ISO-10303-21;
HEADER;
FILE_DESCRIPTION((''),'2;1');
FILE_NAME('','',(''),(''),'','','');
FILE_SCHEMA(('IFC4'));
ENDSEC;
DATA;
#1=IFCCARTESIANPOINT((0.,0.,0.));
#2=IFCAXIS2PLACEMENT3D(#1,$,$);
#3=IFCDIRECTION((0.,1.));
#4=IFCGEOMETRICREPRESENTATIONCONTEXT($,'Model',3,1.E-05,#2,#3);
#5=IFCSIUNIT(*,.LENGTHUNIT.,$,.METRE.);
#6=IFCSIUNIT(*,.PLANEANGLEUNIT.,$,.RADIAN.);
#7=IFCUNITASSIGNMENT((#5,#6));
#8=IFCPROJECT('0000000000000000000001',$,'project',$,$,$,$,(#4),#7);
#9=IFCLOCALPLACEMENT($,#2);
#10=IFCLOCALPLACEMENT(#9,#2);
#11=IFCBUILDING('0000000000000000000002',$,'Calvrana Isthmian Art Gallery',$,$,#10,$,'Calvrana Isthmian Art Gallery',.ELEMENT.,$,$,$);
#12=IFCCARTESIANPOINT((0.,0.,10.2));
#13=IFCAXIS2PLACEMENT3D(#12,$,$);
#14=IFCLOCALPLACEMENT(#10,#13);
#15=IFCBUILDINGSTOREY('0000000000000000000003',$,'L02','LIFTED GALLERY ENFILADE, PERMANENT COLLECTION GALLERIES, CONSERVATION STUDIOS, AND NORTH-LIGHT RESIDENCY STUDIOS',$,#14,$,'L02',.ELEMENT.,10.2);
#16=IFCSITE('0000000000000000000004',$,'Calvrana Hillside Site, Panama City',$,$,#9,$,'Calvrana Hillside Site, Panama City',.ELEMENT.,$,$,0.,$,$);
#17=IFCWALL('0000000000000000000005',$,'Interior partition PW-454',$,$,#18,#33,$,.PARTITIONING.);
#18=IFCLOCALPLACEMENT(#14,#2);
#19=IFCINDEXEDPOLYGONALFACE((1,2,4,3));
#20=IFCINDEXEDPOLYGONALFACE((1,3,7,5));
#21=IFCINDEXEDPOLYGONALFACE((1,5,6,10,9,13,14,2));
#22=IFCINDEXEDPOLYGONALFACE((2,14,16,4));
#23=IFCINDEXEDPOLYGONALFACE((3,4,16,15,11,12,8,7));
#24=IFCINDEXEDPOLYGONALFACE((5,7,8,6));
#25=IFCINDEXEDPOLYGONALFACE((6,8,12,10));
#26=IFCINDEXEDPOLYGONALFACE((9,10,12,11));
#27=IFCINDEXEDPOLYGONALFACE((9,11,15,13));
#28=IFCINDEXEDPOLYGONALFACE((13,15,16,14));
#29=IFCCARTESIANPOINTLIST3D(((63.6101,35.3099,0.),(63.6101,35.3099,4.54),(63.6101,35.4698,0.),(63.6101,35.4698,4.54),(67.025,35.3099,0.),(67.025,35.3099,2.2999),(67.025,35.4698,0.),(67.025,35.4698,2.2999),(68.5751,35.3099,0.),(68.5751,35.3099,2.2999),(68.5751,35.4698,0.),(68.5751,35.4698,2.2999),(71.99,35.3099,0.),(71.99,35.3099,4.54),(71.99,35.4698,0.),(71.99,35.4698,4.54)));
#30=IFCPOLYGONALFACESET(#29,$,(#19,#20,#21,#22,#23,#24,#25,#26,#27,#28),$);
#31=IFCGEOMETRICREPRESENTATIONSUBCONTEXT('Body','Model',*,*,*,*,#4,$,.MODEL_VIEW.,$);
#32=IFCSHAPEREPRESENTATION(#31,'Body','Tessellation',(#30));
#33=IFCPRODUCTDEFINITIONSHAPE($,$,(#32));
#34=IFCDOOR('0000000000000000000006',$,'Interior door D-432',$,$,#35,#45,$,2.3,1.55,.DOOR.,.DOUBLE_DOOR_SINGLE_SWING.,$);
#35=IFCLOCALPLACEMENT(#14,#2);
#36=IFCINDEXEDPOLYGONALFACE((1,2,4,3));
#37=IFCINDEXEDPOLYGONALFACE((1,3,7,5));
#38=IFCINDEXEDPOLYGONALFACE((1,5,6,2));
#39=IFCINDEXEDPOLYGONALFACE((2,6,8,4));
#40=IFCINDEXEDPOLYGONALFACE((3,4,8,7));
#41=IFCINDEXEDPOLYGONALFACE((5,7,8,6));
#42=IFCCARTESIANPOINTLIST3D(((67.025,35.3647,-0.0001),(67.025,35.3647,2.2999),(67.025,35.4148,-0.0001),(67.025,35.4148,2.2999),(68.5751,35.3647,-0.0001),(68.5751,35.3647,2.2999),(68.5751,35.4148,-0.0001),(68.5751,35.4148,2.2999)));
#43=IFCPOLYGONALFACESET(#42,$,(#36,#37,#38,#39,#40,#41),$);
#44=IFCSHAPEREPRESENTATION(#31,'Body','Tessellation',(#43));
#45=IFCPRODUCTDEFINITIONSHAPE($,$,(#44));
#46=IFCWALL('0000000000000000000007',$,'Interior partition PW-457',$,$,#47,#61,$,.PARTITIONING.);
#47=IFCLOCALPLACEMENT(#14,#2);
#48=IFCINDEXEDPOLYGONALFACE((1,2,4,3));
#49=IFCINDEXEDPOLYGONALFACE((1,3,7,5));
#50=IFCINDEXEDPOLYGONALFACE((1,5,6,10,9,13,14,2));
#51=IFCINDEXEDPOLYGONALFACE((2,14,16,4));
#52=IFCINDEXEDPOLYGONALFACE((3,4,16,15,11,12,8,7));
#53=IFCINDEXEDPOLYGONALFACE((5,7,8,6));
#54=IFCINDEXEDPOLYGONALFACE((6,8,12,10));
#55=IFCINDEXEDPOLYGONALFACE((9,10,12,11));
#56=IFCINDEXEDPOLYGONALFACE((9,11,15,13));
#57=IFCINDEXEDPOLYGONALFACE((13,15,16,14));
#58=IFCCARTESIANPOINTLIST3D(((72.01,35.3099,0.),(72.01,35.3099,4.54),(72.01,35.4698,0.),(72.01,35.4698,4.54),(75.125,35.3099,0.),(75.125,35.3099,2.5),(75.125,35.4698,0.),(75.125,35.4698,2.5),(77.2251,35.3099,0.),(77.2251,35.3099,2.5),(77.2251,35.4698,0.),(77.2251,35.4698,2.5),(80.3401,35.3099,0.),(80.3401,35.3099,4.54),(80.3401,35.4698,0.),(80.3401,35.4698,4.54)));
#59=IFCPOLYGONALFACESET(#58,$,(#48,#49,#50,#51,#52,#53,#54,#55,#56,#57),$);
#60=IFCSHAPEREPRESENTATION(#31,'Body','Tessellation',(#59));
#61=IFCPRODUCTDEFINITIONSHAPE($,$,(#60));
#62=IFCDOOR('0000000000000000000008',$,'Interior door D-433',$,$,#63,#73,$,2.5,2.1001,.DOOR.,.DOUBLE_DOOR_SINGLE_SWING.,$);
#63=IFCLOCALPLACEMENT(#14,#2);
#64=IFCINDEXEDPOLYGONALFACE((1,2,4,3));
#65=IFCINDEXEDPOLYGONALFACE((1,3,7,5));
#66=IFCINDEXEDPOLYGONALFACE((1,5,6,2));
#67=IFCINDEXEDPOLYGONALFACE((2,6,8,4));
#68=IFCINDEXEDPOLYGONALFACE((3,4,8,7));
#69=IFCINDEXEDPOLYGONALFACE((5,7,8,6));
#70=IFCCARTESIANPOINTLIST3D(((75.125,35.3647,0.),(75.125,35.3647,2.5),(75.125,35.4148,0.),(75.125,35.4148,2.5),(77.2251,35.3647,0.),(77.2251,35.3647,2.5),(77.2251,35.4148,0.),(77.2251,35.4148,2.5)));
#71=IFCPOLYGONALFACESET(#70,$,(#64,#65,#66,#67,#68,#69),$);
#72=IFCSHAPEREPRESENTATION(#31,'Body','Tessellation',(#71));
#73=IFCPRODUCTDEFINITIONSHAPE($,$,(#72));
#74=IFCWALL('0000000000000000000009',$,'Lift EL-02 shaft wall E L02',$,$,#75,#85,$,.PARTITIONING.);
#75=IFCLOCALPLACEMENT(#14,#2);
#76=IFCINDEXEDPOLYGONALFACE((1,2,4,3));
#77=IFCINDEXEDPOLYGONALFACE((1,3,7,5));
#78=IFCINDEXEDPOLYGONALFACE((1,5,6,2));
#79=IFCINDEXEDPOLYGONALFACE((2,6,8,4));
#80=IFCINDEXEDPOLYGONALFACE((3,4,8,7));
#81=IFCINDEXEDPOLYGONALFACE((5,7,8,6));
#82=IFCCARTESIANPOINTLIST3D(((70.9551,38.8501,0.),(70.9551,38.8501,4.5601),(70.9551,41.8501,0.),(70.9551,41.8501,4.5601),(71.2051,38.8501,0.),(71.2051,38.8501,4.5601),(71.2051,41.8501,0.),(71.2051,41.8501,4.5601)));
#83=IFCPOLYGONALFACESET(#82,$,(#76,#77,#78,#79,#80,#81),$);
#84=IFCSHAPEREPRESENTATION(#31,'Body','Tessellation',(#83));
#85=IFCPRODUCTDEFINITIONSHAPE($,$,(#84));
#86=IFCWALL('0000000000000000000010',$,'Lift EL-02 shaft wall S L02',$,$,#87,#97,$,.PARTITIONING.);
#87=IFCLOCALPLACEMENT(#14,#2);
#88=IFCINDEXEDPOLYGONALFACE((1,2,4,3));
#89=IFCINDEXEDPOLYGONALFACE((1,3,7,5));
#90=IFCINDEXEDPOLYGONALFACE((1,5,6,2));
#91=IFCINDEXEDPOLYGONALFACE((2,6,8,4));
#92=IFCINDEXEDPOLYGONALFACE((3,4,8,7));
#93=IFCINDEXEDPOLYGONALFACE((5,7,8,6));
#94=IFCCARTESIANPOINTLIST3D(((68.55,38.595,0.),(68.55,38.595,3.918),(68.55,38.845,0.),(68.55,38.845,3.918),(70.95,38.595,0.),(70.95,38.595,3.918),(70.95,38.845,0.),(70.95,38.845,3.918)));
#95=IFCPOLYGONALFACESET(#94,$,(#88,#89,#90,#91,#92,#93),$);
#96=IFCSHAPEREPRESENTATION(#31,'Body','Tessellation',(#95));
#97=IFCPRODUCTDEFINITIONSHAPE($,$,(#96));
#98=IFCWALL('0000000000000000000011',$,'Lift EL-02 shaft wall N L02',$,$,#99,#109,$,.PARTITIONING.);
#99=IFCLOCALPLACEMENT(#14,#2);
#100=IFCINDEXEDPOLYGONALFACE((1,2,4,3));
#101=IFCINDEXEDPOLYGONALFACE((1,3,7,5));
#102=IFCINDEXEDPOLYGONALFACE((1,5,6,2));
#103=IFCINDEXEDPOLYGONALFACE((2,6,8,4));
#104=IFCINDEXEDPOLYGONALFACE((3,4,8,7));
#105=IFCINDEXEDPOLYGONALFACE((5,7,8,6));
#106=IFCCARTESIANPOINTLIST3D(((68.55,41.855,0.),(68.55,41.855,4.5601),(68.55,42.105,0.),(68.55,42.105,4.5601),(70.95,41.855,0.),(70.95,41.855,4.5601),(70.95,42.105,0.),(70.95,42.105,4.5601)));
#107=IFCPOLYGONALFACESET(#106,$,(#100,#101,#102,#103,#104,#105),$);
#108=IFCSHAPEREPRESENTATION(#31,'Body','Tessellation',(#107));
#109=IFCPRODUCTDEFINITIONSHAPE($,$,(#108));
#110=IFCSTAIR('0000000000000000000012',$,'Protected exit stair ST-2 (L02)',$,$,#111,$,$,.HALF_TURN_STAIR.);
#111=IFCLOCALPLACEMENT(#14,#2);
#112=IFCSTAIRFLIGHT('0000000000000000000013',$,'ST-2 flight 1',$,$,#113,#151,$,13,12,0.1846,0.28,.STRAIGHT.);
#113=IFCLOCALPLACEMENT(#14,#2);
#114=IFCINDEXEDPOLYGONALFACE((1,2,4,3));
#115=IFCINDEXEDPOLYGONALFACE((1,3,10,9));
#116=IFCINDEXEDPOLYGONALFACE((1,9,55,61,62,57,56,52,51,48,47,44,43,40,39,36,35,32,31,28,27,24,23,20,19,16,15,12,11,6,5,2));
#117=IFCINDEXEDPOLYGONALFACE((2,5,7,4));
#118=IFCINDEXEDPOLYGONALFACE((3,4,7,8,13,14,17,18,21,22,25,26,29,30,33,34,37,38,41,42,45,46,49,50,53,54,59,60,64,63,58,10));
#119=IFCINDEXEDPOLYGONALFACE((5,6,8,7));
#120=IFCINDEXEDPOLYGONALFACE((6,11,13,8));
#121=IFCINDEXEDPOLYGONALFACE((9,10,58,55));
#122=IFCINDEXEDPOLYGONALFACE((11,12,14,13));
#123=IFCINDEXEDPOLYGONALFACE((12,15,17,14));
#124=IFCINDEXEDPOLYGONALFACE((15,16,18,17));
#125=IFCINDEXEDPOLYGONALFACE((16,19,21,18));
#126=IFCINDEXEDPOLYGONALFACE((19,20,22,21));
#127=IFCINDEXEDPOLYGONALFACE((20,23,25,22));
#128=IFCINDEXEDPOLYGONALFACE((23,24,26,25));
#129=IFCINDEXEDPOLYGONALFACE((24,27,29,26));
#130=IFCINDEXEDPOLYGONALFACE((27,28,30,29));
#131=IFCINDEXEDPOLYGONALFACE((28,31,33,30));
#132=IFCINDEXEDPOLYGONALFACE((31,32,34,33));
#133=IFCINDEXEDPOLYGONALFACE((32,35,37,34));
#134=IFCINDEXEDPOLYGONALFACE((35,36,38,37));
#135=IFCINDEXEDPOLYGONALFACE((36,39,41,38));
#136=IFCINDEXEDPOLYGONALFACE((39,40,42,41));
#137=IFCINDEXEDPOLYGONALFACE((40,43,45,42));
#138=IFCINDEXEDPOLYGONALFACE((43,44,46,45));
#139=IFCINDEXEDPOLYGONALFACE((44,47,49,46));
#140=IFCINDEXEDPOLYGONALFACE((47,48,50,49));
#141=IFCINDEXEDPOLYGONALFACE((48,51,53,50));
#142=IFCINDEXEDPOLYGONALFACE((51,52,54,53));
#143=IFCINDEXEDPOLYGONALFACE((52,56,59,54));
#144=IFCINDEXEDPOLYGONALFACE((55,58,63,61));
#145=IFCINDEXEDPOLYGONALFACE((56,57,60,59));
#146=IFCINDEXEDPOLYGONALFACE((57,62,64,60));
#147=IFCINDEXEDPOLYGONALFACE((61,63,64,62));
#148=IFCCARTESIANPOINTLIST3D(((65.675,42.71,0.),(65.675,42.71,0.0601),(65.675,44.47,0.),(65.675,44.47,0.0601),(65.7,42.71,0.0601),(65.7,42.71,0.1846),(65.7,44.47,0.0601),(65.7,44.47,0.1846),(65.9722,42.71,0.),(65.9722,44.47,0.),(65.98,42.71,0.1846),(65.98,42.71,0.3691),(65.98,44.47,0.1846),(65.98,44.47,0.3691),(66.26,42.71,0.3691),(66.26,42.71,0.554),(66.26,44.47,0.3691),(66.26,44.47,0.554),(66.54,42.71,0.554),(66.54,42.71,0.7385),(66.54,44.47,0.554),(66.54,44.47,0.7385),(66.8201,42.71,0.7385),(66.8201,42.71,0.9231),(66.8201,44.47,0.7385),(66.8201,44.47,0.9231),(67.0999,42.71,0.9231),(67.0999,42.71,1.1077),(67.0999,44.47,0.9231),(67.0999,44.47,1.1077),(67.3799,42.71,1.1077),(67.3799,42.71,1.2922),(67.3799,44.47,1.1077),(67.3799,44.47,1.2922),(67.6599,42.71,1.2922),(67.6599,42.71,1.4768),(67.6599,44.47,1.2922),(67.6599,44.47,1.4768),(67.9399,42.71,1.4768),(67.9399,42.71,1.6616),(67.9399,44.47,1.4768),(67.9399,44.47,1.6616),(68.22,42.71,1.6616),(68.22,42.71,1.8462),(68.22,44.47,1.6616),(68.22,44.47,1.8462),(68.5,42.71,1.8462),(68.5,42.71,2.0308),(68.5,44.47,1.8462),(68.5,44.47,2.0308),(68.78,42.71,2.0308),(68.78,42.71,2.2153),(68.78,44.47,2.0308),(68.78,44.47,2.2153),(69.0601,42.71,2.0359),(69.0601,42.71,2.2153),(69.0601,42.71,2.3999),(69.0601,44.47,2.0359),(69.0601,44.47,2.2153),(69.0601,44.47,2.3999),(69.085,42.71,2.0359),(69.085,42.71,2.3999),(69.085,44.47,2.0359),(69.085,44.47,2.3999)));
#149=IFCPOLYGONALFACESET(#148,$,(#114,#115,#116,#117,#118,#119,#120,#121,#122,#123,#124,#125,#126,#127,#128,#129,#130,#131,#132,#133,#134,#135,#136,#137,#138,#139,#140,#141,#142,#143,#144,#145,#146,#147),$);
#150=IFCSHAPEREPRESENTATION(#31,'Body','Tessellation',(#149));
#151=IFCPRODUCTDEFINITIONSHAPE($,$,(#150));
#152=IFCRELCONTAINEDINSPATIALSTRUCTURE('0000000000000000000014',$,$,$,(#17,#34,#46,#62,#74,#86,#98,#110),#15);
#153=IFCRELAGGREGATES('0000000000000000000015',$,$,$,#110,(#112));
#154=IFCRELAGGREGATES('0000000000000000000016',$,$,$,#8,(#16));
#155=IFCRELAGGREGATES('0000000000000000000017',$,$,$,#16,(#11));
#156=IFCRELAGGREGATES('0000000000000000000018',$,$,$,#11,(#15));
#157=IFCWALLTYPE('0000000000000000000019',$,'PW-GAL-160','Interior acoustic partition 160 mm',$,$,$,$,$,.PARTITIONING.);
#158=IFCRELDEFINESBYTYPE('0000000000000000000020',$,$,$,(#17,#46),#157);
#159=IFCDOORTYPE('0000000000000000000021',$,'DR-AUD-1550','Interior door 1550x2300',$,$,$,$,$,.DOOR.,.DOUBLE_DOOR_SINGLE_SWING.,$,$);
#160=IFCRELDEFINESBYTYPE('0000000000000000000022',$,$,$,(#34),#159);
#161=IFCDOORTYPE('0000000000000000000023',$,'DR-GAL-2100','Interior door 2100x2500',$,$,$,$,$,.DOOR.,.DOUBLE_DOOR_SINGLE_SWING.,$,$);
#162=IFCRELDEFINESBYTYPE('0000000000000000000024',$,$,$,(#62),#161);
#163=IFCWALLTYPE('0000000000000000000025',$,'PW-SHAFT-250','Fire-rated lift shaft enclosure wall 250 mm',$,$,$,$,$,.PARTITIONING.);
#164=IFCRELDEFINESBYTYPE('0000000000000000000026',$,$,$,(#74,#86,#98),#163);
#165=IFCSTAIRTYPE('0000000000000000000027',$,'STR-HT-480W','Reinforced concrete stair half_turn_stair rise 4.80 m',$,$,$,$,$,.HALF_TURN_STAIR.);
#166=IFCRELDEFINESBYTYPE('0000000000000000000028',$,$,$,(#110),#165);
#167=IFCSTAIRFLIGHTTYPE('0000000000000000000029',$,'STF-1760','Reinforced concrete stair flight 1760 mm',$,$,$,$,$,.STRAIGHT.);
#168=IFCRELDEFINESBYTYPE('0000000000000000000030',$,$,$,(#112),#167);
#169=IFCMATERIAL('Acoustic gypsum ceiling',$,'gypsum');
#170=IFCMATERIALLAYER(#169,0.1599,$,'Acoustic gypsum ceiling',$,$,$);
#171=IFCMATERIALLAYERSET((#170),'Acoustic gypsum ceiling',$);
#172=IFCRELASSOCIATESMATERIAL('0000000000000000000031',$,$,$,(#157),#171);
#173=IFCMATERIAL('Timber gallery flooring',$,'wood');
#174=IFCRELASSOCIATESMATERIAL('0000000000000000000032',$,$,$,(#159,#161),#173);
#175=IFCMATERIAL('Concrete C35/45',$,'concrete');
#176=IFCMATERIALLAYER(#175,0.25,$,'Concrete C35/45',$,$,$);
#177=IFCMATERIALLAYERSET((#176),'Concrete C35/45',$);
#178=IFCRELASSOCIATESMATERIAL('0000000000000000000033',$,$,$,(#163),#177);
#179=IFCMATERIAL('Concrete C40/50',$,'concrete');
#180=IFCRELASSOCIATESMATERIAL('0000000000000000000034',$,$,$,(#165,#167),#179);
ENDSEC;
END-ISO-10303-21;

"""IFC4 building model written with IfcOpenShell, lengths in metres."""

from ifc_helpers import new_model, si_unit, direction, frame, frame_2d, origin, place, context, subcontext, project, spatial, polyline, rectangle, outline, extrude, material, layer, layer_set, type_object, element, fill, aggregate, save


model = new_model("IFC4")

# Units and contexts
model_context = context("Model", 3, precision=1e-05, world=origin(), true_north=direction((0.0, 1.0)))
body_context = subcontext(model_context, "Body", "Model", "MODEL_VIEW")
ifc_project = project(units=[si_unit("LENGTHUNIT", "METRE"), si_unit("PLANEANGLEUNIT", "RADIAN")], contexts=[model_context])

# Site, building, storey
site_placement = place(None, origin())
site = spatial("IfcSite", under=ifc_project, at=site_placement, Name="Calvrana Hillside Site, Panama City", LongName="Calvrana Hillside Site, Panama City", CompositionType="ELEMENT", RefElevation=0.0)
building_placement = place(site_placement, origin())
building = spatial("IfcBuilding", under=site, at=building_placement, Name="Calvrana Isthmian Art Gallery", LongName="Calvrana Isthmian Art Gallery", CompositionType="ELEMENT")
storey_placement = place(building_placement, frame((0.0, 0.0, 10.2)))
storey = spatial("IfcBuildingStorey", under=building, at=storey_placement, Name="L02", Description="LIFTED GALLERY ENFILADE, PERMANENT COLLECTION GALLERIES, CONSERVATION STUDIOS, AND NORTH-LIGHT RESIDENCY STUDIOS", LongName="L02", CompositionType="ELEMENT", Elevation=10.2)

# Shared definitions
ifc_material_1 = material(Name="Concrete C40/50", Category="concrete")

# Shared definitions
ifc_material_2 = material(Name="Acoustic gypsum ceiling", Category="gypsum")

# Walls, openings, doors
ifc_layer_1 = layer(ifc_material_2, 0.1599, Name="Acoustic gypsum ceiling")
ifc_layer_set_1 = layer_set([ifc_layer_1], Name="Acoustic gypsum ceiling")
wall_type_1 = type_object("IfcWallType", Name="PW-GAL-160", Description="Interior acoustic partition 160 mm", PredefinedType="PARTITIONING", material=ifc_layer_set_1)
wall_1_placement = place(storey_placement, frame((63.6101, 35.3899, 0.0), z_axis=(0.0, 0.0, 1.0), x_axis=(1.0, 0.0, 0.0)))
wall_1 = element("IfcWall", 1, at=wall_1_placement, inside=storey, type_object=wall_type_1, Name="Interior partition PW-454", PredefinedType="PARTITIONING", context=body_context, shape_type="SweptSolid", body=[
    extrude(rectangle(XDim=8.3799, YDim=0.1599, at=frame_2d((4.1899, 0.0))), origin(), (0.0, 0.0, 1.0), 4.54),
])
opening_1_placement = place(wall_1_placement, frame((3.415, 0.0, 0.0)))
opening_1 = element("IfcOpeningElement", 2, at=opening_1_placement, cuts=wall_1, PredefinedType="OPENING", context=body_context, shape_type="SweptSolid", body=[
    extrude(rectangle(XDim=1.55, YDim=2.3, at=frame_2d((0.7749, 1.1499))), frame((0.0, 0.0903, 0.0), z_axis=(0.0, -1.0, 0.0), x_axis=(1.0, 0.0, 0.0)), (0.0, 0.0, 1.0), 0.1804),
])
ifc_material_3 = material(Name="Timber gallery flooring", Category="wood")
door_type_1 = type_object("IfcDoorType", Name="DR-AUD-1550", Description="Interior door 1550x2300", OperationType="DOUBLE_DOOR_SINGLE_SWING", PredefinedType="DOOR", material=ifc_material_3)
door_1_placement = place(opening_1_placement, origin())
door_1 = element("IfcDoor", 3, at=door_1_placement, inside=storey, type_object=door_type_1, Name="Interior door D-432", OperationType="DOUBLE_DOOR_SINGLE_SWING", OverallHeight=2.3, OverallWidth=1.55, PredefinedType="DOOR", context=body_context, shape_type="SweptSolid", body=[
    extrude(rectangle(XDim=1.55, YDim=2.3, at=frame_2d((0.7749, 1.1499))), frame((0.0, 0.0249, 0.0), z_axis=(0.0, -1.0, 0.0), x_axis=(1.0, 0.0, 0.0)), (0.0, 0.0, 1.0), 0.05),
])
fill(opening_1, door_1)
wall_2_placement = place(storey_placement, frame((72.01, 35.3899, 0.0), z_axis=(0.0, 0.0, 1.0), x_axis=(1.0, 0.0, 0.0)))
wall_2 = element("IfcWall", 4, at=wall_2_placement, inside=storey, type_object=wall_type_1, Name="Interior partition PW-457", PredefinedType="PARTITIONING", context=body_context, shape_type="SweptSolid", body=[
    extrude(rectangle(XDim=8.3301, YDim=0.1599, at=frame_2d((4.165, 0.0))), origin(), (0.0, 0.0, 1.0), 4.54),
])
opening_2_placement = place(wall_2_placement, frame((3.115, 0.0, 0.0)))
opening_2 = element("IfcOpeningElement", 5, at=opening_2_placement, cuts=wall_2, PredefinedType="OPENING", context=body_context, shape_type="SweptSolid", body=[
    extrude(rectangle(XDim=2.1001, YDim=2.5, at=frame_2d((1.05, 1.25))), frame((0.0, 0.0903, 0.0), z_axis=(0.0, -1.0, 0.0), x_axis=(1.0, 0.0, 0.0)), (0.0, 0.0, 1.0), 0.1804),
])
door_type_2 = type_object("IfcDoorType", Name="DR-GAL-2100", Description="Interior door 2100x2500", OperationType="DOUBLE_DOOR_SINGLE_SWING", PredefinedType="DOOR", material=ifc_material_3)
door_2_placement = place(opening_2_placement, origin())
door_2 = element("IfcDoor", 6, at=door_2_placement, inside=storey, type_object=door_type_2, Name="Interior door D-433", OperationType="DOUBLE_DOOR_SINGLE_SWING", OverallHeight=2.5, OverallWidth=2.1001, PredefinedType="DOOR", context=body_context, shape_type="SweptSolid", body=[
    extrude(rectangle(XDim=2.1001, YDim=2.5, at=frame_2d((1.05, 1.25))), frame((0.0, 0.0249, 0.0), z_axis=(0.0, -1.0, 0.0), x_axis=(1.0, 0.0, 0.0)), (0.0, 0.0, 1.0), 0.05),
])
fill(opening_2, door_2)

# Walls
ifc_material_4 = material(Name="Concrete C35/45", Category="concrete")
ifc_layer_2 = layer(ifc_material_4, 0.25, Name="Concrete C35/45")
ifc_layer_set_2 = layer_set([ifc_layer_2], Name="Concrete C35/45")
wall_type_2 = type_object("IfcWallType", Name="PW-SHAFT-250", Description="Fire-rated lift shaft enclosure wall 250 mm", PredefinedType="PARTITIONING", material=ifc_layer_set_2)
wall_3_placement = place(storey_placement, frame((71.0801, 38.8501, 0.0), z_axis=(0.0, 0.0, 1.0), x_axis=(0.0, 1.0, 0.0)))
element("IfcWall", 7, at=wall_3_placement, inside=storey, type_object=wall_type_2, Name="Lift EL-02 shaft wall E L02", PredefinedType="PARTITIONING", context=body_context, shape_type="SweptSolid", body=[
    extrude(rectangle(XDim=3.0, YDim=0.25, at=frame_2d((1.5, 0.0))), origin(), (0.0, 0.0, 1.0), 4.5601),
])
wall_4_placement = place(storey_placement, frame((68.55, 38.72, 0.0), z_axis=(0.0, 0.0, 1.0), x_axis=(1.0, 0.0, 0.0)))
element("IfcWall", 8, at=wall_4_placement, inside=storey, type_object=wall_type_2, Name="Lift EL-02 shaft wall S L02", PredefinedType="PARTITIONING", context=body_context, shape_type="SweptSolid", body=[
    extrude(rectangle(XDim=2.3999, YDim=0.25, at=frame_2d((1.2, 0.0))), origin(), (0.0, 0.0, 1.0), 3.918),
])
wall_5_placement = place(storey_placement, frame((68.55, 41.98, 0.0), z_axis=(0.0, 0.0, 1.0), x_axis=(1.0, 0.0, 0.0)))
element("IfcWall", 9, at=wall_5_placement, inside=storey, type_object=wall_type_2, Name="Lift EL-02 shaft wall N L02", PredefinedType="PARTITIONING", context=body_context, shape_type="SweptSolid", body=[
    extrude(rectangle(XDim=2.3999, YDim=0.25, at=frame_2d((1.2, 0.0))), origin(), (0.0, 0.0, 1.0), 4.5601),
])

# Stair, stair flight
stair_type = type_object("IfcStairType", Name="STR-HT-480W", Description="Reinforced concrete stair half_turn_stair rise 4.80 m", PredefinedType="HALF_TURN_STAIR", material=ifc_material_1)
stair_placement = place(storey_placement, origin())
stair = element("IfcStair", 10, at=stair_placement, inside=storey, type_object=stair_type, Name="Protected exit stair ST-2 (L02)", PredefinedType="HALF_TURN_STAIR")
stair_flight_type = type_object("IfcStairFlightType", Name="STF-1760", Description="Reinforced concrete stair flight 1760 mm", PredefinedType="STRAIGHT", material=ifc_material_1)
stair_flight_1_placement = place(storey_placement, frame((65.7, 43.5901, 0.0), z_axis=(0.0, 0.0, 1.0), x_axis=(1.0, 0.0, 0.0)))
stair_flight_1 = element("IfcStairFlight", 11, at=stair_flight_1_placement, type_object=stair_flight_type, Name="ST-2 flight 1", NumberOfRisers=13, NumberOfTreads=12, PredefinedType="STRAIGHT", RiserHeight=0.1846, TreadLength=0.28, context=body_context, shape_type="SweptSolid", body=[
    extrude(outline(polyline([(-0.0249, 0.0), (-0.0249, 0.0601), (0.0, 0.0601), (0.0, 0.1846), (0.28, 0.1846), (0.28, 0.3691), (0.5601, 0.3691), (0.5601, 0.554), (0.8401, 0.554), (0.8401, 0.7385), (1.1201, 0.7385), (1.1201, 0.9231), (1.3999, 0.9231), (1.3999, 1.1077), (1.6799, 1.1077), (1.6799, 1.2922), (1.96, 1.2922), (1.96, 1.4768), (2.24, 1.4768), (2.24, 1.6616), (2.52, 1.6616), (2.52, 1.8462), (2.8, 1.8462), (2.8, 2.0308), (3.0801, 2.0308), (3.0801, 2.2153), (3.3601, 2.2153), (3.3601, 2.3999), (3.385, 2.3999), (3.385, 2.0359), (3.3601, 2.0359), (0.2722, 0.0), (-0.0249, 0.0)])), frame((0.0, 0.8799, 0.0), z_axis=(0.0, -1.0, 0.0), x_axis=(1.0, 0.0, 0.0)), (0.0, 0.0, 1.0), 1.76),
])
aggregate(stair, [stair_flight_1])

save(model, "model.ifc")
